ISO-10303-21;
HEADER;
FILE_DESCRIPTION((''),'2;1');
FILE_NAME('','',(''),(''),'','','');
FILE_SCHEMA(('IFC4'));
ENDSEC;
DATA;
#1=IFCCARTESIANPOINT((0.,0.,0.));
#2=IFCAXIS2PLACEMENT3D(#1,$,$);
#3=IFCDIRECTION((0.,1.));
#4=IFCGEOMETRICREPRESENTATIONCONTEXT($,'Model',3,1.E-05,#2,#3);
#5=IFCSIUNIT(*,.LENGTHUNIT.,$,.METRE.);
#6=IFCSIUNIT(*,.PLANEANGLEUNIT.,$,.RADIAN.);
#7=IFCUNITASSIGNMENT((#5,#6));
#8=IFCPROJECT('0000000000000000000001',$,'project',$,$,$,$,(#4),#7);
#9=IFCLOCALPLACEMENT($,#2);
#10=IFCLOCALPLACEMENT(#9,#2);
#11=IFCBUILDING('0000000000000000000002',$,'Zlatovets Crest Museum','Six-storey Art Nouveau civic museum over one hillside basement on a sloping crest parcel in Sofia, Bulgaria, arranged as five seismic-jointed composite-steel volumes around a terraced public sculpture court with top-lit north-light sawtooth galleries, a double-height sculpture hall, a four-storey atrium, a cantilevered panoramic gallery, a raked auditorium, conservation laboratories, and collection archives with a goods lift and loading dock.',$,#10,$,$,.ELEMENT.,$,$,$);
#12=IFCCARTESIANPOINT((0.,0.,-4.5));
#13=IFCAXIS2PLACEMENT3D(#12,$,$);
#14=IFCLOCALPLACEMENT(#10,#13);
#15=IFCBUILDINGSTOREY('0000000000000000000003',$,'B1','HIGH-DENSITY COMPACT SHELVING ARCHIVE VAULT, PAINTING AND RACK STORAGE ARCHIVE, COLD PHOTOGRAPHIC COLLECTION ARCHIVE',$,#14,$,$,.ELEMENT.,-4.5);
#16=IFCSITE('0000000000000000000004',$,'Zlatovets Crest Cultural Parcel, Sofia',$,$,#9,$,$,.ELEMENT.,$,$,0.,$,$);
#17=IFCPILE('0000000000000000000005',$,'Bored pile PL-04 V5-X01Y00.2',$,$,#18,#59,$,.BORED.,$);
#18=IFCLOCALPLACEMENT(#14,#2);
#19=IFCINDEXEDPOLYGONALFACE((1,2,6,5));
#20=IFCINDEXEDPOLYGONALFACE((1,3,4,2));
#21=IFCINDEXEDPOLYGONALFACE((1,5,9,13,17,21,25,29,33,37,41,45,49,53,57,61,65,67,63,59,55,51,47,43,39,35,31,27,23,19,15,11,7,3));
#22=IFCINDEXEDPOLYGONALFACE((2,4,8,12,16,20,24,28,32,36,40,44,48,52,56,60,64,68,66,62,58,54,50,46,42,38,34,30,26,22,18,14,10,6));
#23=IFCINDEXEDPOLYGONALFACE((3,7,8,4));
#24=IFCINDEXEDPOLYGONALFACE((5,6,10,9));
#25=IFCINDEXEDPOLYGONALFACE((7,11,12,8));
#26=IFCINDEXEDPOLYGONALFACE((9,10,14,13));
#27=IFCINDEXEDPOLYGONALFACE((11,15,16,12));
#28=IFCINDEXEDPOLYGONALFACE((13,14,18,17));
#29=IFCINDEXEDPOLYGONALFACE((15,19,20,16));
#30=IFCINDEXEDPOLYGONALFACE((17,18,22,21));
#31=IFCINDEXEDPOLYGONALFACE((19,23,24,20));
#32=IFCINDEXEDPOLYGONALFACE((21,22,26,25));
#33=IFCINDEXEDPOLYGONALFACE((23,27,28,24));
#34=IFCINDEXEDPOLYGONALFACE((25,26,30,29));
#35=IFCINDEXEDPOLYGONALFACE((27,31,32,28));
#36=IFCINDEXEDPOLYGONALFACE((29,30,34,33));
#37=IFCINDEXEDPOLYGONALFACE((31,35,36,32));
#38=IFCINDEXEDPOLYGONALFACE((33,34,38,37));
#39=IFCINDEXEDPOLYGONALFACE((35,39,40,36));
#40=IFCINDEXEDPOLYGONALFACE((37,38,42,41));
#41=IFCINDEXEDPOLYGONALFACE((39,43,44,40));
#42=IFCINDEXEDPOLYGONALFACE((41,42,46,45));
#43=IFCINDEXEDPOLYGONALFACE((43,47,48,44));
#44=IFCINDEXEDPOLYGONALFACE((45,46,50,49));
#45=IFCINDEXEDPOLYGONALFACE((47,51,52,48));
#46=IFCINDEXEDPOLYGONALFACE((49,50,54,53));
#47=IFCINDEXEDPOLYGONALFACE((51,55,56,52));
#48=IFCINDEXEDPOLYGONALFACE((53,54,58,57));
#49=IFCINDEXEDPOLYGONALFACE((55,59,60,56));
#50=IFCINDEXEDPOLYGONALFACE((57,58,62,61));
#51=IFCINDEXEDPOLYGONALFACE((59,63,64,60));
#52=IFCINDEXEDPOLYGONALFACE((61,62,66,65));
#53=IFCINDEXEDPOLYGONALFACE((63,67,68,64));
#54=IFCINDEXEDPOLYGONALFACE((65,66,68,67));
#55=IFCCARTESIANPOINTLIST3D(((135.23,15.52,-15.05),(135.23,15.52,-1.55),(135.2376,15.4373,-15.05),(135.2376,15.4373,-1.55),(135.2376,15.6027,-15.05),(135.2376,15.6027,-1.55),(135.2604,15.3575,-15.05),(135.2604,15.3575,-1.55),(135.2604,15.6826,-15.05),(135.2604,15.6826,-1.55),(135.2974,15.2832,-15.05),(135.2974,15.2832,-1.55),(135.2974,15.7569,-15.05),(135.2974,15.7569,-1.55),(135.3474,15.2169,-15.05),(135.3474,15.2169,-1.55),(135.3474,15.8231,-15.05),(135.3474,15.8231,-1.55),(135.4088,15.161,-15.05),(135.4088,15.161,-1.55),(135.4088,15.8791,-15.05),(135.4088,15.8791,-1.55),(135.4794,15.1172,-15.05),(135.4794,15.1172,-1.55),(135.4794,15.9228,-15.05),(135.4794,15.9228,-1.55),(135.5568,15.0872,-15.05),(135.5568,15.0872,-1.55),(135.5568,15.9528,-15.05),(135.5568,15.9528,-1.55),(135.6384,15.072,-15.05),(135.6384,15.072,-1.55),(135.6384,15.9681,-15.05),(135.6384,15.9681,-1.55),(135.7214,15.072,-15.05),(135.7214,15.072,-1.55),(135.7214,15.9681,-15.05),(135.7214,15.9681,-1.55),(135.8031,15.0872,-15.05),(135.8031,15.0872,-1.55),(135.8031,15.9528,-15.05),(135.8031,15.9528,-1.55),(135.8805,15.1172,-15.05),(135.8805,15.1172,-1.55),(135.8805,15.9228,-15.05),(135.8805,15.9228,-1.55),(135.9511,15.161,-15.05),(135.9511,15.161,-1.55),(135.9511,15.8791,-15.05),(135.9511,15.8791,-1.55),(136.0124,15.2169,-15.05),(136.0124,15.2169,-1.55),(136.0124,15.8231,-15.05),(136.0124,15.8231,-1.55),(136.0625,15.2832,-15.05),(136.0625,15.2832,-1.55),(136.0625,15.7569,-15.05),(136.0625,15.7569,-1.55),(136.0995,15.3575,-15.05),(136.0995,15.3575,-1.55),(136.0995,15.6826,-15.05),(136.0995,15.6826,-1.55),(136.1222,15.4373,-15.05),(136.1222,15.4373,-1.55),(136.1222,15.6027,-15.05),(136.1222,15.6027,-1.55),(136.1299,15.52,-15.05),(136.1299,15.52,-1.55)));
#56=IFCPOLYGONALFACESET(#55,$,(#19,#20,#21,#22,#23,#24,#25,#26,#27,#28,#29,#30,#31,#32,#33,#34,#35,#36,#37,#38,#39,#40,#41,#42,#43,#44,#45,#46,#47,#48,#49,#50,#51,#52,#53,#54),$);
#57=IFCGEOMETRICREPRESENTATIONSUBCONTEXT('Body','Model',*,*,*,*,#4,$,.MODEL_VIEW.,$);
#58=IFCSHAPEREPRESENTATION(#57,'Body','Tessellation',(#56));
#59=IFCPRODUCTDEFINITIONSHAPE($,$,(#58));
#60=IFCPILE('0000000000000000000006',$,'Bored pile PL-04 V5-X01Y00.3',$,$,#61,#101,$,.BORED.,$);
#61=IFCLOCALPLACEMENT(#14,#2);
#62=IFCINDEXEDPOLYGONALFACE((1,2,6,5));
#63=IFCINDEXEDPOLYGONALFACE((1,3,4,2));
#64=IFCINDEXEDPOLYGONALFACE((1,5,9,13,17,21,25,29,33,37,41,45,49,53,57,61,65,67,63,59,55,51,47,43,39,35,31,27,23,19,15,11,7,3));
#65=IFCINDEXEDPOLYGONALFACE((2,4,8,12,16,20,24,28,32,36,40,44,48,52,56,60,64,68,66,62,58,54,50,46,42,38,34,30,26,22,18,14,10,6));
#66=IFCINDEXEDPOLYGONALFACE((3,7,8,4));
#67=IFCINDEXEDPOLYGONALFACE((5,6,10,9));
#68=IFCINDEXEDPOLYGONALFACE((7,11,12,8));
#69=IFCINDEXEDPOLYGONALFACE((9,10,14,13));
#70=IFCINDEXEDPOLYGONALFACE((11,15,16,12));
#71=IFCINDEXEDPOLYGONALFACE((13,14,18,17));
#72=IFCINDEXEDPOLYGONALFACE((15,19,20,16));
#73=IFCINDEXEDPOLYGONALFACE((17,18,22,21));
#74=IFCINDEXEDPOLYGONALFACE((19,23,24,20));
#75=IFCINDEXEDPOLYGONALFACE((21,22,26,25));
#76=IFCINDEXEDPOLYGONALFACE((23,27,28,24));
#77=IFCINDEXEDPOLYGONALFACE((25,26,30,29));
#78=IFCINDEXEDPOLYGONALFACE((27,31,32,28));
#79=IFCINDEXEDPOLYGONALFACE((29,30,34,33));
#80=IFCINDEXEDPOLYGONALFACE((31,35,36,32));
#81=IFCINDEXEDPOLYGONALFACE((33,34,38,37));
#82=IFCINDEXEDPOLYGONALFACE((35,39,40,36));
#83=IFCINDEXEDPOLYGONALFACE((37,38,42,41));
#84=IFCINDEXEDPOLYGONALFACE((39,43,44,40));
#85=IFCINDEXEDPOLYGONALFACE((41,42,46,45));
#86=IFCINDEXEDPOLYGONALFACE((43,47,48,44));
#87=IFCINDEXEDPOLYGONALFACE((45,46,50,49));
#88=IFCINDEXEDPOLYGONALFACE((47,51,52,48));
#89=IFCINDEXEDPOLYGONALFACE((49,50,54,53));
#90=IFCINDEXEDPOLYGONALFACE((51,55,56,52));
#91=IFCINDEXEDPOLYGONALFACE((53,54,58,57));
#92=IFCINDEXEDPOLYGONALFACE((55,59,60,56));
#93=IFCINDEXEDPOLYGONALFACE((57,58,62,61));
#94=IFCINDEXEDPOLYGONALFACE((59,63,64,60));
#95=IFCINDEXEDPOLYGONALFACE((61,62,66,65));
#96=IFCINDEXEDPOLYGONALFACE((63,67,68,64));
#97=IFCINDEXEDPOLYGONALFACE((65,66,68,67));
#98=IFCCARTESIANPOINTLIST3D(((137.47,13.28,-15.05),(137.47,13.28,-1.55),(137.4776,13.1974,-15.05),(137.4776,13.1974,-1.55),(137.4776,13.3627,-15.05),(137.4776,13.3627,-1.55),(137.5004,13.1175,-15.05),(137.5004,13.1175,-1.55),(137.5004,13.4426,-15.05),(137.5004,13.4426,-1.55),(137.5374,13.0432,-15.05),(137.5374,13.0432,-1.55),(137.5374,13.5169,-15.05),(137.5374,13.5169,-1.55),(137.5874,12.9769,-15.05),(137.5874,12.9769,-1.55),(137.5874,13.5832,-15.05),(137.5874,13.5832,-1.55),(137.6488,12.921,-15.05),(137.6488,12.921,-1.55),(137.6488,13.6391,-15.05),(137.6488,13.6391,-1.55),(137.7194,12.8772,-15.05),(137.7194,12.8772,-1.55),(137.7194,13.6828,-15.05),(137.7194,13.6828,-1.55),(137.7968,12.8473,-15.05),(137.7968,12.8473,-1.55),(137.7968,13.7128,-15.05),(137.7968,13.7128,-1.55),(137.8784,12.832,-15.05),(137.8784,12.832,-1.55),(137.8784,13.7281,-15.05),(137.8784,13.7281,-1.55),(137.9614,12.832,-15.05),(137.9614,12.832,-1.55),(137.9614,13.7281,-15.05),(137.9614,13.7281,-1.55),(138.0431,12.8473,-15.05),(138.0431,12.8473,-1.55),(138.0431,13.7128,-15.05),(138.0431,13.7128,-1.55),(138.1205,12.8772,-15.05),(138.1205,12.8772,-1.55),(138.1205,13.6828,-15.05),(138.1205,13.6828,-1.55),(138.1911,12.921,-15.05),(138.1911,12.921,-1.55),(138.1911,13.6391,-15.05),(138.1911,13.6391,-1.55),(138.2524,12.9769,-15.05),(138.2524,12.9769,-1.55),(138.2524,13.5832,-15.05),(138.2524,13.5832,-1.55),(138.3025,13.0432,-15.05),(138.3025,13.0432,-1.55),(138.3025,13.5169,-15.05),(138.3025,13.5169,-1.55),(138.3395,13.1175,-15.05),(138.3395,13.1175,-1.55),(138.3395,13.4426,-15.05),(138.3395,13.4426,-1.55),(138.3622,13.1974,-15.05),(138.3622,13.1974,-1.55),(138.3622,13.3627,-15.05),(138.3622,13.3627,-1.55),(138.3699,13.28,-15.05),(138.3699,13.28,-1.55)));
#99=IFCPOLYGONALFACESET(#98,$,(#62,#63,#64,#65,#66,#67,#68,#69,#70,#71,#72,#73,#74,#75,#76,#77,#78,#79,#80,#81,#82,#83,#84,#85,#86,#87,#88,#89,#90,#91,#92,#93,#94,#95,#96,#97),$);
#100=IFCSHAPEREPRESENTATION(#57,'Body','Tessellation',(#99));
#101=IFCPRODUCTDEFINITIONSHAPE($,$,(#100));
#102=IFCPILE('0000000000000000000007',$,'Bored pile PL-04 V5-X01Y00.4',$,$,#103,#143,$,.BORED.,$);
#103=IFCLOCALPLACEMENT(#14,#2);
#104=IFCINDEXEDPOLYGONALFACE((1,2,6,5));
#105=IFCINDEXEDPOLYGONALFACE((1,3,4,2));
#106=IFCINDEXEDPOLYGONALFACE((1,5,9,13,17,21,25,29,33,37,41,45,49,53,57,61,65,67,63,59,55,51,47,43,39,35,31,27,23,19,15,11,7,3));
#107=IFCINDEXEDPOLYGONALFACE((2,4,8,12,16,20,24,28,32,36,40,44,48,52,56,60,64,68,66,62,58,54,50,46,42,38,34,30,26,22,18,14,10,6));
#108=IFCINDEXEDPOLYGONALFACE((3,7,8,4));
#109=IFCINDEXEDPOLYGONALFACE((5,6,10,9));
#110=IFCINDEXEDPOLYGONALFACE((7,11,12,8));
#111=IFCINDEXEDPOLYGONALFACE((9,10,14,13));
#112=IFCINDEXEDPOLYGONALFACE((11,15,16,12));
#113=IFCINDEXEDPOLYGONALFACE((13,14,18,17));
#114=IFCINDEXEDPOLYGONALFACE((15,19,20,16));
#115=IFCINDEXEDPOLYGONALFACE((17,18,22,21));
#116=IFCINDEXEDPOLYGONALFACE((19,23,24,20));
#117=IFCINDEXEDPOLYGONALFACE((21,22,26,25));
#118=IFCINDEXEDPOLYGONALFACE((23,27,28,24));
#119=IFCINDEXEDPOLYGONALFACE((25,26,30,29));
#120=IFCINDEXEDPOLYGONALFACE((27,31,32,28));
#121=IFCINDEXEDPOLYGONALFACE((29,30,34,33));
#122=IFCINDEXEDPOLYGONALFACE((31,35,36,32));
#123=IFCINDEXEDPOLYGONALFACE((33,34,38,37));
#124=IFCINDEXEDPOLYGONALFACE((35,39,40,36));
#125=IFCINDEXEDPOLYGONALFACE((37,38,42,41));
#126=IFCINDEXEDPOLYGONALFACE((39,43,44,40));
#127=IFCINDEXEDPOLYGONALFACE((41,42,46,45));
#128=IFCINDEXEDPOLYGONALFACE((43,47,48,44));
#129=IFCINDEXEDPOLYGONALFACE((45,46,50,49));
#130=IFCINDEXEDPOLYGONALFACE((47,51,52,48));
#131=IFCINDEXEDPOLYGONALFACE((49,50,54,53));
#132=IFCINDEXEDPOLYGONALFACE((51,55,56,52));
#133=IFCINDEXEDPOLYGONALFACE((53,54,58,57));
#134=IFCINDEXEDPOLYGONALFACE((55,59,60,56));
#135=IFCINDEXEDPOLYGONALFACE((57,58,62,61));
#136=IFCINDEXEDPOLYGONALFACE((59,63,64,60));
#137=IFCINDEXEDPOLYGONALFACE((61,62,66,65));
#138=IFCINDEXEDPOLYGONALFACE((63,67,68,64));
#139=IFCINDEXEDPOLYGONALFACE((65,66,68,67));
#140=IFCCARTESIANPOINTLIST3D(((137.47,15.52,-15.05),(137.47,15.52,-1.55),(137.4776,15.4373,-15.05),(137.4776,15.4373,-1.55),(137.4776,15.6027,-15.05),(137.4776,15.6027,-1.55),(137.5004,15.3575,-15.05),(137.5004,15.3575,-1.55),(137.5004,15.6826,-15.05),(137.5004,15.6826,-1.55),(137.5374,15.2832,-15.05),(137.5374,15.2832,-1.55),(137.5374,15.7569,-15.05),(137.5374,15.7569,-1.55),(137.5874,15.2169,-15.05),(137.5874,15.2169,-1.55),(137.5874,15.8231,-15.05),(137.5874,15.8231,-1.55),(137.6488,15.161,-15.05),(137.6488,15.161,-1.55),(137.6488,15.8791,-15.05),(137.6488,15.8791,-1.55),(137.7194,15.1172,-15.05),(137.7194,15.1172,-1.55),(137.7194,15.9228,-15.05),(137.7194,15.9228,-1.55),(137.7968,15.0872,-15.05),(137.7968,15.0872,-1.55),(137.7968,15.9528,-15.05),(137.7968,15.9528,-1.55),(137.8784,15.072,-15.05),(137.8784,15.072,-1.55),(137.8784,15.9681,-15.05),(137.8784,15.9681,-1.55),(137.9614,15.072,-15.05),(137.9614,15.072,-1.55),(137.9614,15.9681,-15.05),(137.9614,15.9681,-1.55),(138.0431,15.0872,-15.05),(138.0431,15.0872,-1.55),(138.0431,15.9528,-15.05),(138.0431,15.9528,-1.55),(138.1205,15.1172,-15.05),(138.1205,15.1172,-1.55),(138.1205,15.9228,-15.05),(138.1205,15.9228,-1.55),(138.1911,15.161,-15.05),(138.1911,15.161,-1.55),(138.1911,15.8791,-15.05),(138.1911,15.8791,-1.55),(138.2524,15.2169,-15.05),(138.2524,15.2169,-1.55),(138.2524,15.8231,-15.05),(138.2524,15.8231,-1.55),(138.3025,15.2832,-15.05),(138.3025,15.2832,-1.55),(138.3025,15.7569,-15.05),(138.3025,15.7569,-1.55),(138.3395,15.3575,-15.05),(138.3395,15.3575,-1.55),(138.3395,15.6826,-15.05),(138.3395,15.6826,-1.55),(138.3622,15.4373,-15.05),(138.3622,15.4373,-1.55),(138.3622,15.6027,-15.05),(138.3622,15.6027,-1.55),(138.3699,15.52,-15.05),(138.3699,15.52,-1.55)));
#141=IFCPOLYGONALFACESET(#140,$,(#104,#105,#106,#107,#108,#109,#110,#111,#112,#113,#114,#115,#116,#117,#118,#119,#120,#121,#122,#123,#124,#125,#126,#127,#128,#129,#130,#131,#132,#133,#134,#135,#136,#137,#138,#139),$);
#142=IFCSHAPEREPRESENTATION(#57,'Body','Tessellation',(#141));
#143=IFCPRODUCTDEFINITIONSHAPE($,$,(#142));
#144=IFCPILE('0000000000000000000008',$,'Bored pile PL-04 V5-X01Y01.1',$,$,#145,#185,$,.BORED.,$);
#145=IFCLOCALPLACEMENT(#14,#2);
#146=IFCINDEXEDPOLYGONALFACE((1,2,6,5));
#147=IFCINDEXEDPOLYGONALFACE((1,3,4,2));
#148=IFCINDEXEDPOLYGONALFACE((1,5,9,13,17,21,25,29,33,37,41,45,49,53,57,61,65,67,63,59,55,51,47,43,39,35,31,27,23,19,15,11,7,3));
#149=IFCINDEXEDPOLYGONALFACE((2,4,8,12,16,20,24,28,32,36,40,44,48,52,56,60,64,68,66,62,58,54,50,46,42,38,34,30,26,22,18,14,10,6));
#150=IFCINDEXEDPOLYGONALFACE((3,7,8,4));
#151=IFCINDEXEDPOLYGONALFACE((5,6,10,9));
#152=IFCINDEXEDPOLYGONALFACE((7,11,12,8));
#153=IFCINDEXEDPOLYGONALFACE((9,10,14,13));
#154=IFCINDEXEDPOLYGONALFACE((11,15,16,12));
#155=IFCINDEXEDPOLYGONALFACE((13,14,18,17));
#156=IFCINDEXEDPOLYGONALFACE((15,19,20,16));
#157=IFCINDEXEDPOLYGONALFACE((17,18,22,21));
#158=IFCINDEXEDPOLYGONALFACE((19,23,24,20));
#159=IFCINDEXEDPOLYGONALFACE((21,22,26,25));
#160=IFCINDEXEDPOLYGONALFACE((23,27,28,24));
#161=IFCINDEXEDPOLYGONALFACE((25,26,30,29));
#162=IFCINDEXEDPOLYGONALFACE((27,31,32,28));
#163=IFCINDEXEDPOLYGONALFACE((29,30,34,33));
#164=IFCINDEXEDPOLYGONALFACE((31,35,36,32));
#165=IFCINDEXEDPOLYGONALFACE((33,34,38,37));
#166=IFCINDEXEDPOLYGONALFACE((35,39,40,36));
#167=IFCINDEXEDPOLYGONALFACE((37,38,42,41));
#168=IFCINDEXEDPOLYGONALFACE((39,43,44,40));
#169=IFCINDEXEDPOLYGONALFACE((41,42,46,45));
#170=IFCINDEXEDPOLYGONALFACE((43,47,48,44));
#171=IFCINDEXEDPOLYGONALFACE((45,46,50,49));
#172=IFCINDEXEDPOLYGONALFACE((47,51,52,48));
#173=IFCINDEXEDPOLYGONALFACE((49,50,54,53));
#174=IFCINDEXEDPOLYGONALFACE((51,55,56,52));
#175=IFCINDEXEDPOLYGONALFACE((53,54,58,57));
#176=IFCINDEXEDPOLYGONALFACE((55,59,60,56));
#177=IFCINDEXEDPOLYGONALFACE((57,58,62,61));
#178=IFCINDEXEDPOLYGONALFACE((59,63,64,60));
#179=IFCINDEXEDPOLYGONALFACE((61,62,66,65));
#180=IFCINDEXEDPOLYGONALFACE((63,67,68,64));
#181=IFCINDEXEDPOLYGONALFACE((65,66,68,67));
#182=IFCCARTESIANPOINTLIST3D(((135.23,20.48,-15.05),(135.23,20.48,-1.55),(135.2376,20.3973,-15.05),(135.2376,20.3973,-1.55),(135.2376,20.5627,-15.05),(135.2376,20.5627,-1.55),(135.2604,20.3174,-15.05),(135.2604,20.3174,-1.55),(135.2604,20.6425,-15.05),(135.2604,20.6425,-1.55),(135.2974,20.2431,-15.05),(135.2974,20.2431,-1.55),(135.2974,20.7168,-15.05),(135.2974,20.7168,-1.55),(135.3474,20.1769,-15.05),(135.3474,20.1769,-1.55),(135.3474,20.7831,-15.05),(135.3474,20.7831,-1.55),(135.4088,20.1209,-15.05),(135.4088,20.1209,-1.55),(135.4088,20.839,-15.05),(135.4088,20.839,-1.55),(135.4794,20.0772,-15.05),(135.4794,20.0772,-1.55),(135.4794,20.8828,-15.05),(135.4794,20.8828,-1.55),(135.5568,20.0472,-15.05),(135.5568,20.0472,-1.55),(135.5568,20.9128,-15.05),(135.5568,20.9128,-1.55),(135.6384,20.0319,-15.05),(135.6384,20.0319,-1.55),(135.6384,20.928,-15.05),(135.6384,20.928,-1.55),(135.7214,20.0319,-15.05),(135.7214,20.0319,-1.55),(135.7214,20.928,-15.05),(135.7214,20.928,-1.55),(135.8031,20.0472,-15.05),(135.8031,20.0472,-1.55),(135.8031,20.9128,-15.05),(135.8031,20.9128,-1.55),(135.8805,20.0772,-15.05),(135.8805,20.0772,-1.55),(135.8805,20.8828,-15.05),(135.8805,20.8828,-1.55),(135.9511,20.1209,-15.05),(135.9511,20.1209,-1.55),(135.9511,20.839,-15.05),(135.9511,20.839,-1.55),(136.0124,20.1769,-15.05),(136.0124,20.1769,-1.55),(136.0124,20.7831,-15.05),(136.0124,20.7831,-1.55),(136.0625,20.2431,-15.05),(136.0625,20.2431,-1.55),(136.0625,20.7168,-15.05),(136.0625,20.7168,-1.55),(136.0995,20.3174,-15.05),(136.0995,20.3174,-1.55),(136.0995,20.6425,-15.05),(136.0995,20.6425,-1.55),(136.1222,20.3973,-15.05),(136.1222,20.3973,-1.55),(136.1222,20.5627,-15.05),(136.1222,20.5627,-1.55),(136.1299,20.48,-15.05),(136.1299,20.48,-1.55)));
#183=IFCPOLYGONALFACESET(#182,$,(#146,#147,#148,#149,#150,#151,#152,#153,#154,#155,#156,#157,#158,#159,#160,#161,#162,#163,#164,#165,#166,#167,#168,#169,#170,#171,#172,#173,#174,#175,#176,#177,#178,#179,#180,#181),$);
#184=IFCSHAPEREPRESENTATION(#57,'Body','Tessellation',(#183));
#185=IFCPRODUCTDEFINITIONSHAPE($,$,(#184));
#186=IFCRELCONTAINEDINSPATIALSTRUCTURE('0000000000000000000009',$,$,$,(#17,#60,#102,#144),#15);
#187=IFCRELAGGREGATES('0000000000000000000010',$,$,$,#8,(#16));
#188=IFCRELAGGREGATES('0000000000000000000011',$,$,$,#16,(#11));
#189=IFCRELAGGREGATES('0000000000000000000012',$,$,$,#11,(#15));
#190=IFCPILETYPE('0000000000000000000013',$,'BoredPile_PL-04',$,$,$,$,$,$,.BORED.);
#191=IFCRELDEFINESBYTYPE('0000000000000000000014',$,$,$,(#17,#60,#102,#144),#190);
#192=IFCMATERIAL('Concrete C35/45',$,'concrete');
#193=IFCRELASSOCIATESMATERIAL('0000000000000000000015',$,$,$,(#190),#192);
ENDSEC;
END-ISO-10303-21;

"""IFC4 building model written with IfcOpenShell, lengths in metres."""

from ifc_helpers import new_model, si_unit, direction, frame, origin, origin_2d, place, context, subcontext, project, spatial, circle, extrude, material, material_profile, profile_set, type_object, element, save


model = new_model("IFC4")

# Units and contexts
model_context = context("Model", 3, precision=1e-05, world=origin(), true_north=direction((0.0, 1.0)))
body_context = subcontext(model_context, "Body", "Model", "MODEL_VIEW")
ifc_project = project(units=[si_unit("LENGTHUNIT", "METRE"), si_unit("PLANEANGLEUNIT", "RADIAN")], contexts=[model_context])

# Site, building, storey
site_placement = place(None, origin())
site = spatial("IfcSite", under=ifc_project, at=site_placement, Name="Zlatovets Crest Cultural Parcel, Sofia", CompositionType="ELEMENT", RefElevation=0.0)
building_placement = place(site_placement, origin())
building = spatial("IfcBuilding", under=site, at=building_placement, Name="Zlatovets Crest Museum", Description="Six-storey Art Nouveau civic museum over one hillside basement on a sloping crest parcel in Sofia, Bulgaria, arranged as five seismic-jointed composite-steel volumes around a terraced public sculpture court with top-lit north-light sawtooth galleries, a double-height sculpture hall, a four-storey atrium, a cantilevered panoramic gallery, a raked auditorium, conservation laboratories, and collection archives with a goods lift and loading dock.", CompositionType="ELEMENT")
storey_placement = place(building_placement, frame((0.0, 0.0, -4.5)))
storey = spatial("IfcBuildingStorey", under=building, at=storey_placement, Name="B1", Description="HIGH-DENSITY COMPACT SHELVING ARCHIVE VAULT, PAINTING AND RACK STORAGE ARCHIVE, COLD PHOTOGRAPHIC COLLECTION ARCHIVE", CompositionType="ELEMENT", Elevation=-4.5)

# Piles
ifc_material_1 = material(Name="Concrete C35/45", Category="concrete")
ifc_material_profile_1 = material_profile(ifc_material_1, circle(Radius=0.45, at=origin_2d()), Name="PILE D900")
ifc_profile_set_1 = profile_set([ifc_material_profile_1], Name="Concrete C35/45")
pile_type = type_object("IfcPileType", Name="BoredPile_PL-04", PredefinedType="BORED", material=ifc_profile_set_1)
for number, where, z_axis, x_axis, name in (
    (1, (135.6799, 15.52, -1.55), (0.0, 0.0, -1.0), (1.0, 0.0, 0.0), "Bored pile PL-04 V5-X01Y00.2"),
    (2, (137.9199, 13.28, -1.55), (0.0, 0.0, -1.0), (1.0, 0.0, 0.0), "Bored pile PL-04 V5-X01Y00.3"),
    (3, (137.9199, 15.52, -1.55), (0.0, 0.0, -1.0), (1.0, 0.0, 0.0), "Bored pile PL-04 V5-X01Y00.4"),
    (4, (135.6799, 20.48, -1.55), (0.0, 0.0, -1.0), (1.0, 0.0, 0.0), "Bored pile PL-04 V5-X01Y01.1"),
):
    element("IfcPile", number, at=place(storey_placement, frame(where, z_axis=z_axis, x_axis=x_axis)), inside=storey, type_object=pile_type, Name=name, PredefinedType="BORED", context=body_context, shape_type="SweptSolid", body=[
        extrude(circle(Radius=0.45, at=origin_2d()), origin(), (0.0, 0.0, 1.0), 13.5),
    ])

save(model, "model.ifc")
